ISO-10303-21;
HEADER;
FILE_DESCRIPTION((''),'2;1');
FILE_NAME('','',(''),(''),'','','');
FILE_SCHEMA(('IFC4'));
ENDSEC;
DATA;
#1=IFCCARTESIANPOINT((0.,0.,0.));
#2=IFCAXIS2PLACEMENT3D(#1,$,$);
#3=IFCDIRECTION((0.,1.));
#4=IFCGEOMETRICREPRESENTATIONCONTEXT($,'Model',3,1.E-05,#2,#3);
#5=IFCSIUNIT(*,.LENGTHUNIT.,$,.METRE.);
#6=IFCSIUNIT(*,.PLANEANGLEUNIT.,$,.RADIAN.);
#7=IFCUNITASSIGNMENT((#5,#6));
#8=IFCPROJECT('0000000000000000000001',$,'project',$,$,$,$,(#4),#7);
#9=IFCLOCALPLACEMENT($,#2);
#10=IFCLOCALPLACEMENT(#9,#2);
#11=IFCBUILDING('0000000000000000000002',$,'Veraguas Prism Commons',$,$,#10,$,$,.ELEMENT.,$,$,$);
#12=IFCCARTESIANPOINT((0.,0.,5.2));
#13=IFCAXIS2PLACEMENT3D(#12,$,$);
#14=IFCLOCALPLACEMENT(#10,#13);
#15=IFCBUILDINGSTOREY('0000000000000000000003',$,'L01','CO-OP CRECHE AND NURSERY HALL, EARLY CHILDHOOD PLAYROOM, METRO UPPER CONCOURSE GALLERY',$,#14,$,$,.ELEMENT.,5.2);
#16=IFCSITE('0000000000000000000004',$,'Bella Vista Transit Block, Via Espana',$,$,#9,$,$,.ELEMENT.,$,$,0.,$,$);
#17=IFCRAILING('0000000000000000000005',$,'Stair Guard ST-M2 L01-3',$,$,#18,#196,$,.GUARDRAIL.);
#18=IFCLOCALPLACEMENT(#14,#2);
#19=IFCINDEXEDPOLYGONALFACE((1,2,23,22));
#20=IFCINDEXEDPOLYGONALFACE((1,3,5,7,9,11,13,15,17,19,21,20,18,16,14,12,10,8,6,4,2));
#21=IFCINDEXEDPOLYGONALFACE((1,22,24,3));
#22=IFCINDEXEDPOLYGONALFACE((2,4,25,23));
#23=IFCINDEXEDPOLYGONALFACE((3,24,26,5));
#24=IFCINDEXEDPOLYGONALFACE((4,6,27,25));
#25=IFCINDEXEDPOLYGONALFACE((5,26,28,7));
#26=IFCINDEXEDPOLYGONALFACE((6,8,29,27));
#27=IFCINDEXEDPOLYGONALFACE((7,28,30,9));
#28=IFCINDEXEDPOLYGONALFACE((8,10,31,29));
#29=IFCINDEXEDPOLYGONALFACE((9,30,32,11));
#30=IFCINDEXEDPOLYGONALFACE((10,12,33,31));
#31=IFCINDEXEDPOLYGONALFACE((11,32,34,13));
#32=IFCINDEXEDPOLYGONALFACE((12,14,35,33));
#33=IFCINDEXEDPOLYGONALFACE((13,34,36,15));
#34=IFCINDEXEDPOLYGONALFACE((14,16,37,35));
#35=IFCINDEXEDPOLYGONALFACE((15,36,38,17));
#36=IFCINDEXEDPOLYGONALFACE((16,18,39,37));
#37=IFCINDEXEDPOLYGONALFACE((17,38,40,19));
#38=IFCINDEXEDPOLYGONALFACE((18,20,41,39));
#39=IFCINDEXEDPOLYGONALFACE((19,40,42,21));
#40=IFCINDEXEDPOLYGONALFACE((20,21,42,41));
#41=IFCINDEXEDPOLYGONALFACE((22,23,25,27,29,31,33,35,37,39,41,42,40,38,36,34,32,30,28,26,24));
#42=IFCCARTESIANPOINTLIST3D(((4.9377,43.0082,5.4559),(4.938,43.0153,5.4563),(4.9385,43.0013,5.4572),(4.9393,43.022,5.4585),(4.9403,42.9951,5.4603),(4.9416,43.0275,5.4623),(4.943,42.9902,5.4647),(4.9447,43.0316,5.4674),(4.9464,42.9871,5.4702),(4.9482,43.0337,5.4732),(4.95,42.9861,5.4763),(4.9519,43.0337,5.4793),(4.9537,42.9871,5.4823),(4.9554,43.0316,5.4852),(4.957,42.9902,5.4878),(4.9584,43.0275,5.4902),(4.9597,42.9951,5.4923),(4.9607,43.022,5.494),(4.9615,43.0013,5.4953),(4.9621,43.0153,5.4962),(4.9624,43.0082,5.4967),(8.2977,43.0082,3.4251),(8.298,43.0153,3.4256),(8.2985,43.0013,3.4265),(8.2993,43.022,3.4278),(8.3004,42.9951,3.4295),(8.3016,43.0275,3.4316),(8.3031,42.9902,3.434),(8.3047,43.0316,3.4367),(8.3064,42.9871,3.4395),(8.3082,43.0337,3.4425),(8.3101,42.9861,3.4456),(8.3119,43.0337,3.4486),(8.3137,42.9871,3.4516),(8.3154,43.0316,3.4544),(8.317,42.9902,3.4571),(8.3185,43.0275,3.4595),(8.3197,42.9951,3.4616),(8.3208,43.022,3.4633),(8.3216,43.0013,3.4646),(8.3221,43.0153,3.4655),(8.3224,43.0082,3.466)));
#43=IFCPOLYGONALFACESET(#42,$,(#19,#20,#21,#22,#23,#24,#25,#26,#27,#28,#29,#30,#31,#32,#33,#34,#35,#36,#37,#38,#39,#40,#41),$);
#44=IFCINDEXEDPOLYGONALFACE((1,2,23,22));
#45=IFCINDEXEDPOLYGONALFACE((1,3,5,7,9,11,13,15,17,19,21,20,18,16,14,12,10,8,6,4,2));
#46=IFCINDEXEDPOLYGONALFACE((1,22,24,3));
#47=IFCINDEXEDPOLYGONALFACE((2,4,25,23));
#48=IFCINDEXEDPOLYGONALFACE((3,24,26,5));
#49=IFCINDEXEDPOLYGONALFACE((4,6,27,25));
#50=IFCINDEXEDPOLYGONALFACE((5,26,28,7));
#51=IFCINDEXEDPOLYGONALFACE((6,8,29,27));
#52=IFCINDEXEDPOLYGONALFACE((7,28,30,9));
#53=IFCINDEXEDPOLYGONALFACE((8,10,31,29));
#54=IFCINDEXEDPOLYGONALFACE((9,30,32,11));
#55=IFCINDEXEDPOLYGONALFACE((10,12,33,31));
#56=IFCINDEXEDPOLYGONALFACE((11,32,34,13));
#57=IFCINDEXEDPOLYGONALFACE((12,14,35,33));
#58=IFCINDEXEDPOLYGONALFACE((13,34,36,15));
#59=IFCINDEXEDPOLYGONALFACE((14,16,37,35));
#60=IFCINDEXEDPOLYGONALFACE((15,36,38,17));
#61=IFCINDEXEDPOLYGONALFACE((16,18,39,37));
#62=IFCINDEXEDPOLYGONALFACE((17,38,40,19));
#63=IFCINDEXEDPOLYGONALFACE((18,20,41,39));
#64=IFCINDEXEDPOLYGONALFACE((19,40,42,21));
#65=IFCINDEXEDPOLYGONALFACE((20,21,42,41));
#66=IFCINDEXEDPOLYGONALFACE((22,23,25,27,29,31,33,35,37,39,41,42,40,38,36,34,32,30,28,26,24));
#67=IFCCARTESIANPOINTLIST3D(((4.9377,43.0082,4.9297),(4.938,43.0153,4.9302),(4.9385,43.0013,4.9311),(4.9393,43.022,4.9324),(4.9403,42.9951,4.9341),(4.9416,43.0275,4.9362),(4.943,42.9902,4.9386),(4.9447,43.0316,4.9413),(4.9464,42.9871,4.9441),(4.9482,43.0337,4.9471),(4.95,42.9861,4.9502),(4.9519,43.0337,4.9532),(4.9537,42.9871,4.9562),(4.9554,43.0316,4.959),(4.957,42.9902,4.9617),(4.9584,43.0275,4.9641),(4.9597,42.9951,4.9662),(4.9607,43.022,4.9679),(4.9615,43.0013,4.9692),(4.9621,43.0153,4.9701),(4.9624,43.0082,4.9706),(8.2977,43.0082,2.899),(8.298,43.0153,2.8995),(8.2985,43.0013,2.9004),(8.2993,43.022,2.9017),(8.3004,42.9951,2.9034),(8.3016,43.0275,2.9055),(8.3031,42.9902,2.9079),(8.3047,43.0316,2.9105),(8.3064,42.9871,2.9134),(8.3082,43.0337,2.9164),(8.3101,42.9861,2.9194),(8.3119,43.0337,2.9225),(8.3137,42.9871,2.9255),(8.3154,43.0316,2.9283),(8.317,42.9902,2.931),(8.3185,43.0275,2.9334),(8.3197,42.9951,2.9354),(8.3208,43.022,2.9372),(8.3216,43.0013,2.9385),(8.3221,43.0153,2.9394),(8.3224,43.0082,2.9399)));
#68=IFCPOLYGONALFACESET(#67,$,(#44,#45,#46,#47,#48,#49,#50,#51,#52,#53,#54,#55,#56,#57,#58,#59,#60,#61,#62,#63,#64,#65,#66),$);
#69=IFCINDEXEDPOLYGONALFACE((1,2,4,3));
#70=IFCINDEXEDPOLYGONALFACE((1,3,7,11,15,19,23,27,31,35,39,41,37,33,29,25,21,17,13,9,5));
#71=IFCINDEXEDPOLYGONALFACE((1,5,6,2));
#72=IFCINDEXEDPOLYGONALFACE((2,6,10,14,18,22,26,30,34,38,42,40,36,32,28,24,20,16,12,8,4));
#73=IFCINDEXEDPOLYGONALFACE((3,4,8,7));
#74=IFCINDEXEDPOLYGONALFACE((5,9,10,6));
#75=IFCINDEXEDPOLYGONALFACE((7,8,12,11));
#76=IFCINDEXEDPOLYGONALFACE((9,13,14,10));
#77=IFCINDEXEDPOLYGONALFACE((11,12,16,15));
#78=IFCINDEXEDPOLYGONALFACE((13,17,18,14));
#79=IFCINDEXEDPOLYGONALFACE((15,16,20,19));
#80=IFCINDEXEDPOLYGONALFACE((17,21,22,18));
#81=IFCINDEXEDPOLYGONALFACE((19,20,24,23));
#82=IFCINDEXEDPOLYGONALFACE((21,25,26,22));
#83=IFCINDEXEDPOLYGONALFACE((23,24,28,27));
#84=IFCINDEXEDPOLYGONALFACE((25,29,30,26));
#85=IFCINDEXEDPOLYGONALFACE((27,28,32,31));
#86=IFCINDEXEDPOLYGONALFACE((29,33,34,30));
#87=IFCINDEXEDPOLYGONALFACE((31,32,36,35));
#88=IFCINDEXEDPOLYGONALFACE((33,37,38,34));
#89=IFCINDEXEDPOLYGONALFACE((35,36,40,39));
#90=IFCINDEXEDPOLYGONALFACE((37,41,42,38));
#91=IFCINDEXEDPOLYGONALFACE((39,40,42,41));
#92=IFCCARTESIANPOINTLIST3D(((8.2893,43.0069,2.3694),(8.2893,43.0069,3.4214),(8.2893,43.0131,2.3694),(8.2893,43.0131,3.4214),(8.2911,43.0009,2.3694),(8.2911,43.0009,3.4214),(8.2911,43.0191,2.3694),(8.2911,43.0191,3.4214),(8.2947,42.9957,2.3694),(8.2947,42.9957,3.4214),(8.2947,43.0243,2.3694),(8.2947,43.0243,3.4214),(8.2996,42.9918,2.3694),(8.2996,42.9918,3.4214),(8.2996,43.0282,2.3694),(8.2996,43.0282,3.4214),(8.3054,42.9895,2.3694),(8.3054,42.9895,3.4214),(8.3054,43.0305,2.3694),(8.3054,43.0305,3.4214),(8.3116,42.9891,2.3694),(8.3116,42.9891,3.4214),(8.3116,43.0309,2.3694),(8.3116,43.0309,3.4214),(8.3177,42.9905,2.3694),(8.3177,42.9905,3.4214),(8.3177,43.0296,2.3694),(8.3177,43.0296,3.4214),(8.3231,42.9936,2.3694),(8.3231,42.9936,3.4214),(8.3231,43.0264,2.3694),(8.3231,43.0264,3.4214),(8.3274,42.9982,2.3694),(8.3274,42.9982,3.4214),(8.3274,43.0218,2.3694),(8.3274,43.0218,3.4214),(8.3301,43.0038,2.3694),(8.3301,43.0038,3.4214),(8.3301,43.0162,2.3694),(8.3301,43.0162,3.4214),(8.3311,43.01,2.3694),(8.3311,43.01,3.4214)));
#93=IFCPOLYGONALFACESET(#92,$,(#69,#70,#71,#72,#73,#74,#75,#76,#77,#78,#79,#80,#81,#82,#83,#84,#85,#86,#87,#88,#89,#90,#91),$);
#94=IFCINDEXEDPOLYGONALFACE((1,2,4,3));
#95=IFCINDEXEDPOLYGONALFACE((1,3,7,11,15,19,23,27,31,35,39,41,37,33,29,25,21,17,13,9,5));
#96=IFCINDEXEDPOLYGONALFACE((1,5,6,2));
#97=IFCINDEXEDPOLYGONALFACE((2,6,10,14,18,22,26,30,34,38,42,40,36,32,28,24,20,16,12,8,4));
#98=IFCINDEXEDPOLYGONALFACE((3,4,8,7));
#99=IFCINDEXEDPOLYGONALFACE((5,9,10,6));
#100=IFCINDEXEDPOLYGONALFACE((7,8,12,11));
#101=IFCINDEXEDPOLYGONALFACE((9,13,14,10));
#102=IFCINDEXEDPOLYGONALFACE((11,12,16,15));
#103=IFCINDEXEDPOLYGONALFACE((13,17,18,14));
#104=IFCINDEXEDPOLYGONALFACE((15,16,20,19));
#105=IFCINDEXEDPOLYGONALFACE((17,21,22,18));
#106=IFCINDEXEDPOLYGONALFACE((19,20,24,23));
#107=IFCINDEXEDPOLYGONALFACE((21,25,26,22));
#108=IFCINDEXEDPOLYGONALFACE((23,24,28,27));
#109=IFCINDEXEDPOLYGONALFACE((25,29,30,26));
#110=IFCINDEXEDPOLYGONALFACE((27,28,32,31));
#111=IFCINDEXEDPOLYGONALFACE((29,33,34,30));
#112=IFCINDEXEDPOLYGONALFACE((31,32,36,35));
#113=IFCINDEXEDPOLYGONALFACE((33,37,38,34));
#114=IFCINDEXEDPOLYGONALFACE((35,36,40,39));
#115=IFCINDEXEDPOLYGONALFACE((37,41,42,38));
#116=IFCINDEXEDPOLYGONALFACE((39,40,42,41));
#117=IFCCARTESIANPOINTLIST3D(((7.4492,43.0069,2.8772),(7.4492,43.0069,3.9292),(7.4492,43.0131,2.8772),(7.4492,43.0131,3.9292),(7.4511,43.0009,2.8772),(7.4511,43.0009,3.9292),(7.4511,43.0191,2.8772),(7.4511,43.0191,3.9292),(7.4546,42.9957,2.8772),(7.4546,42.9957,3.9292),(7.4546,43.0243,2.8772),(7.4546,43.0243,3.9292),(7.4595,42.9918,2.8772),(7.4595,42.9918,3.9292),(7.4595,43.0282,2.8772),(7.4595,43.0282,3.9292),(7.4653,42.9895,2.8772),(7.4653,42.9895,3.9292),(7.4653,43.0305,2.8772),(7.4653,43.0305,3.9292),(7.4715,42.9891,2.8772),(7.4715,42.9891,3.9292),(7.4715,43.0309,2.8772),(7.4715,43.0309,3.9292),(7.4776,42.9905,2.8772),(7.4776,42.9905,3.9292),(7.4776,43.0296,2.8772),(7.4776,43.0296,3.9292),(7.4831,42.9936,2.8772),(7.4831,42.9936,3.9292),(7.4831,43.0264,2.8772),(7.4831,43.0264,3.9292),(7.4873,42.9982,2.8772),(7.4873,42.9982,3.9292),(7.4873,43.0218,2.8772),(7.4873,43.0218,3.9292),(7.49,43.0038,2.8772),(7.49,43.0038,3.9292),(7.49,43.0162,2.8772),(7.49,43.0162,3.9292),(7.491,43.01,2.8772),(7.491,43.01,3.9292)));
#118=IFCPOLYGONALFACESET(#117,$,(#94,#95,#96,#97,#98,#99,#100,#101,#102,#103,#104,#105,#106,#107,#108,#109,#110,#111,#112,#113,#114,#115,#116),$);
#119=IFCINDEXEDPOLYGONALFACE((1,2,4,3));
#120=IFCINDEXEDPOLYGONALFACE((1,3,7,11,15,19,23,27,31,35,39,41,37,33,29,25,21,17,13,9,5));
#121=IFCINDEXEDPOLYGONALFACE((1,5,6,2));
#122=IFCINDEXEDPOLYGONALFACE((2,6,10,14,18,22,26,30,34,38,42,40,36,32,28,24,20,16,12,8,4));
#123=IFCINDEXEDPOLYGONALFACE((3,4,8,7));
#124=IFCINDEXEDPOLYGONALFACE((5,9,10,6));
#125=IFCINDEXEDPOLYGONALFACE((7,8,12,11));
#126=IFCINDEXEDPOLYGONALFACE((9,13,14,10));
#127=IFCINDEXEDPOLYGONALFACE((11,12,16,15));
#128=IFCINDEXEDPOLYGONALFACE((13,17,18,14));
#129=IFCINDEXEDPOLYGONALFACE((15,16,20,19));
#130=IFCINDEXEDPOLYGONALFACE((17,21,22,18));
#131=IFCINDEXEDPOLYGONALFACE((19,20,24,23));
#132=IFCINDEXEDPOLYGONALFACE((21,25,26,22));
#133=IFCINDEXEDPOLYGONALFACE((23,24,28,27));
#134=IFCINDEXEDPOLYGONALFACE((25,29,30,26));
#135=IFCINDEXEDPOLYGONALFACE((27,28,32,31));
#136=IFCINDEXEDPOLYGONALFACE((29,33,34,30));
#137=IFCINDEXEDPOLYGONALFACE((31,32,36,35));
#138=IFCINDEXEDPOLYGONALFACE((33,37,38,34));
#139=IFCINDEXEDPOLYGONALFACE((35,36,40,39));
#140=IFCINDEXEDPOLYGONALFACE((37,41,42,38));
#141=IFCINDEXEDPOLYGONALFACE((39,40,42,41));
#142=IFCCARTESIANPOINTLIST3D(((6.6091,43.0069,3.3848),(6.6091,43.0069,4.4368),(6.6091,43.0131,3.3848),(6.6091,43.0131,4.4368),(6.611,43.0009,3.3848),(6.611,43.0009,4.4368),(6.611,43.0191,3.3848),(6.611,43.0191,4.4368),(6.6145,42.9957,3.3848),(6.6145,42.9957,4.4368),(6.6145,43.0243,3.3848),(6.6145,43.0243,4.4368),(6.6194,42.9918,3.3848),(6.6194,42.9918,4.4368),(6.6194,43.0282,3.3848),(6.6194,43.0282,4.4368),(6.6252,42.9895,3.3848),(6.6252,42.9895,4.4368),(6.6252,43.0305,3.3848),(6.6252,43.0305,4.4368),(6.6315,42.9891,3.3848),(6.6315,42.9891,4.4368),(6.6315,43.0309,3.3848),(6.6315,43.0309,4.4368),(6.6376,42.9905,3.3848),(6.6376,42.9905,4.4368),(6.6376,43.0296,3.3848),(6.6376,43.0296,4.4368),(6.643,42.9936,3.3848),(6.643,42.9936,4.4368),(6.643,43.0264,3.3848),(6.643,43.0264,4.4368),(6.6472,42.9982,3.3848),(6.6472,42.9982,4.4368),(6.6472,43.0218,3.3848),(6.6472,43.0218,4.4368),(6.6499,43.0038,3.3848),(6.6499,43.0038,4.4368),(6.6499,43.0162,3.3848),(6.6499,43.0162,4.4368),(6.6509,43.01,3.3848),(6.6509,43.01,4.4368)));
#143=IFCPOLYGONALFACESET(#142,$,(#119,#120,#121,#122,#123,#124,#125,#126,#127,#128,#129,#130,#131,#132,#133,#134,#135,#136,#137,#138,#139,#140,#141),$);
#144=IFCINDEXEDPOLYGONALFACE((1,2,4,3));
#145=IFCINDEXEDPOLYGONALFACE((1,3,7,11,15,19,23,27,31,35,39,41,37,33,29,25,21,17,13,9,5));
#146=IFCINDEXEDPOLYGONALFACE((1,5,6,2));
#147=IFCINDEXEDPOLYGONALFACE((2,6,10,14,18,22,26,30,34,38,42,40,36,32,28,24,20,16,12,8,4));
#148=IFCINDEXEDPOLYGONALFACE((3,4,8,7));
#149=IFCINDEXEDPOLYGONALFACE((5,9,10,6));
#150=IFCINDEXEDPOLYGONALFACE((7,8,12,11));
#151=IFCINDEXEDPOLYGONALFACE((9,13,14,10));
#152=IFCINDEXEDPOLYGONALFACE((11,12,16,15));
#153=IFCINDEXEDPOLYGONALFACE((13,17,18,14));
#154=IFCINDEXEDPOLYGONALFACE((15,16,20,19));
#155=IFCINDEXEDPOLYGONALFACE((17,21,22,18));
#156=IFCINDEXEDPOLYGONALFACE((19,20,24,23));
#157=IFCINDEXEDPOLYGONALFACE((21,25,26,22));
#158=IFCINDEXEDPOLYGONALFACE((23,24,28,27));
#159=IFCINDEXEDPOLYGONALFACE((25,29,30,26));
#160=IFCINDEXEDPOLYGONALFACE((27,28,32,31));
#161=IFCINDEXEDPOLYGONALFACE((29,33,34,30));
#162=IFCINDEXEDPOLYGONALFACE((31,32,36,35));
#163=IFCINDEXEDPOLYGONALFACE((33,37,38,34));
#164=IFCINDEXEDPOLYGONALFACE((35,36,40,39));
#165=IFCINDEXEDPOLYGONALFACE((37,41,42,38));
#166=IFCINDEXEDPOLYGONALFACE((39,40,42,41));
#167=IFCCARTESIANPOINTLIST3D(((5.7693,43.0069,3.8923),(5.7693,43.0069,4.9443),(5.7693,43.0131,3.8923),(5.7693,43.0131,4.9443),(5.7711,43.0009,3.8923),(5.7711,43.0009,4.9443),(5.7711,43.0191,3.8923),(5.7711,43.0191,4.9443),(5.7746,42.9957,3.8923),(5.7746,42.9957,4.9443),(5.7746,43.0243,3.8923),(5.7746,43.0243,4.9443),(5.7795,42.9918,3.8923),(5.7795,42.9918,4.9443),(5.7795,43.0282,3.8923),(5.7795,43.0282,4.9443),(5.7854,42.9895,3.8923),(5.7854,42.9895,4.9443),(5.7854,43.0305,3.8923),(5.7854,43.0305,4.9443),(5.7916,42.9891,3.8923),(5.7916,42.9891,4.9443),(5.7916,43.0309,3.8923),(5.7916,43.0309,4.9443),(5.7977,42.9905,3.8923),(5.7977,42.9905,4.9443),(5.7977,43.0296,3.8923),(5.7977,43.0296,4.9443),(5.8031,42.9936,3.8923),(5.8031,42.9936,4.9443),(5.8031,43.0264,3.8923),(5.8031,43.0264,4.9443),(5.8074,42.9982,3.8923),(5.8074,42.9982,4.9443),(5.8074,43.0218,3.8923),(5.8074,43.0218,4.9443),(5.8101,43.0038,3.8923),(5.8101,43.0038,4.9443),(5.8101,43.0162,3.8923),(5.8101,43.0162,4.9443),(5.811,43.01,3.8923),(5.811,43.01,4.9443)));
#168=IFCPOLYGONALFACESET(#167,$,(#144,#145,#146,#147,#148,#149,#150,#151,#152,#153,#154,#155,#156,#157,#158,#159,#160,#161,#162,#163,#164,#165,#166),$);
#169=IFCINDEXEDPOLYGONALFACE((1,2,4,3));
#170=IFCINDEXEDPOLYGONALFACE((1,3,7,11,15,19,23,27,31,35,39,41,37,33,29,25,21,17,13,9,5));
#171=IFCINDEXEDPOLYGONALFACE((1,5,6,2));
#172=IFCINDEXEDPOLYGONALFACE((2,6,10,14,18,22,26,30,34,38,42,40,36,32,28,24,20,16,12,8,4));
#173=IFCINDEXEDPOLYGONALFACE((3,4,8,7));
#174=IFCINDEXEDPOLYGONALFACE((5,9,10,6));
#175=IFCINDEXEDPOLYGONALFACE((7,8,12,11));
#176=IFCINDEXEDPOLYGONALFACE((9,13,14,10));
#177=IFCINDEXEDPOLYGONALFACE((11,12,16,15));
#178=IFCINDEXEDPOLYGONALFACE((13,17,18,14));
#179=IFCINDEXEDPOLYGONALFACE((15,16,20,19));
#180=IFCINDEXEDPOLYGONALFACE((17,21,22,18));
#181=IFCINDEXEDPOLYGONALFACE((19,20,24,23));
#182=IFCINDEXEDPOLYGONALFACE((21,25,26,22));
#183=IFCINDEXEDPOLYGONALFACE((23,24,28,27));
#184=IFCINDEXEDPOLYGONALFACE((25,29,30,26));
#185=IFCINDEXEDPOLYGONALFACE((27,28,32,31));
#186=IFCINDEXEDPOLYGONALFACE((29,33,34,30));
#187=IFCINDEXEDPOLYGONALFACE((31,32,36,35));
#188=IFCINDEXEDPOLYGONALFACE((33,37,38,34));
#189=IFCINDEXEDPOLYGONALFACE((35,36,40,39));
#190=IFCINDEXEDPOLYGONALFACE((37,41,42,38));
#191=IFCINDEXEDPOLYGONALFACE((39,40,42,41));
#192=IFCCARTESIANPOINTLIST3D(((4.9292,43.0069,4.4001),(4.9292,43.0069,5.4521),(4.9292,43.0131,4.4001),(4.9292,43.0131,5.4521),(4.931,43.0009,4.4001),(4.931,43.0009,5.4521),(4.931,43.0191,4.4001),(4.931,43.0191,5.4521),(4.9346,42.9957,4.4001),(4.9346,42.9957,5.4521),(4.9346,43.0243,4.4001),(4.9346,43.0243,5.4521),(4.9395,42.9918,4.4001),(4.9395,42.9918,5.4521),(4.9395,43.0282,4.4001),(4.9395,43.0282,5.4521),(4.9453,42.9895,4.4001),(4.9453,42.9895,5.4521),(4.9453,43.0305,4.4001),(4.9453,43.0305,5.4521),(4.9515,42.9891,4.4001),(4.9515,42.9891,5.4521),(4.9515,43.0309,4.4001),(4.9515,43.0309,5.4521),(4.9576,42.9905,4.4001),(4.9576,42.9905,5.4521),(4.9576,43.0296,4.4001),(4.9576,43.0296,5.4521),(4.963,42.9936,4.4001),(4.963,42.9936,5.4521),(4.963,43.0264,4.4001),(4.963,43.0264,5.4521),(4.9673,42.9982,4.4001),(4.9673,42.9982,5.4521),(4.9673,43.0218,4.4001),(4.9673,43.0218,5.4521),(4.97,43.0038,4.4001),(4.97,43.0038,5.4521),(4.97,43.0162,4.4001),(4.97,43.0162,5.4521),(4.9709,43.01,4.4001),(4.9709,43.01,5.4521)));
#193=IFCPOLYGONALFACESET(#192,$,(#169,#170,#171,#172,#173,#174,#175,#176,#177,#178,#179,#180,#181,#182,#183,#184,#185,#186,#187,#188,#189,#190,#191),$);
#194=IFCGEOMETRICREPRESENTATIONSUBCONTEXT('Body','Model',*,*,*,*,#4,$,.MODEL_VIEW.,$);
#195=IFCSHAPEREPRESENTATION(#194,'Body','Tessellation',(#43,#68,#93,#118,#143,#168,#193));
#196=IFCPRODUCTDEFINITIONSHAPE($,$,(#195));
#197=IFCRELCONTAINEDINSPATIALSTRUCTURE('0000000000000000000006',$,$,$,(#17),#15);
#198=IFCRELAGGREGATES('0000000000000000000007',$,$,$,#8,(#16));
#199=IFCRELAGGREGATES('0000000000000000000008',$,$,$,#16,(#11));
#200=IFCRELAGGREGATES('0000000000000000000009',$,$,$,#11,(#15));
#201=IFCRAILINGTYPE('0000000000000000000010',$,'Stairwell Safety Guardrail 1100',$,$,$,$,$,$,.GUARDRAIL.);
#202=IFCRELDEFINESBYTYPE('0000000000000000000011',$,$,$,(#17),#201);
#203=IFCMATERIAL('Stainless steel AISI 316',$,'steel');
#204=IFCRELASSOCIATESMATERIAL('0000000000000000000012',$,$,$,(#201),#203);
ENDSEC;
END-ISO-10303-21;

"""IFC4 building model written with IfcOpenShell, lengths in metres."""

from ifc_helpers import new_model, si_unit, direction, frame, origin, origin_2d, place, context, subcontext, project, spatial, circle, extrude, material, type_object, element, save


model = new_model("IFC4")

# Units and contexts
model_context = context("Model", 3, precision=1e-05, world=origin(), true_north=direction((0.0, 1.0)))
body_context = subcontext(model_context, "Body", "Model", "MODEL_VIEW")
ifc_project = project(units=[si_unit("LENGTHUNIT", "METRE"), si_unit("PLANEANGLEUNIT", "RADIAN")], contexts=[model_context])

# Site, building, storey
site_placement = place(None, origin())
site = spatial("IfcSite", under=ifc_project, at=site_placement, Name="Bella Vista Transit Block, Via Espana", CompositionType="ELEMENT", RefElevation=0.0)
building_placement = place(site_placement, origin())
building = spatial("IfcBuilding", under=site, at=building_placement, Name="Veraguas Prism Commons", CompositionType="ELEMENT")
storey_placement = place(building_placement, frame((0.0, 0.0, 5.2)))
storey = spatial("IfcBuildingStorey", under=building, at=storey_placement, Name="L01", Description="CO-OP CRECHE AND NURSERY HALL, EARLY CHILDHOOD PLAYROOM, METRO UPPER CONCOURSE GALLERY", CompositionType="ELEMENT", Elevation=5.2)

# Railing
ifc_material_1 = material(Name="Stainless steel AISI 316", Category="steel")
railing_type_1 = type_object("IfcRailingType", Name="Stairwell Safety Guardrail 1100", PredefinedType="GUARDRAIL", material=ifc_material_1)
railing_1_placement = place(storey_placement, frame((8.3101, 43.01, 2.3694)))
element("IfcRailing", 1, at=railing_1_placement, inside=storey, type_object=railing_type_1, Name="Stair Guard ST-M2 L01-3", PredefinedType="GUARDRAIL", context=body_context, shape_type="SweptSolid", body=[
    extrude(circle(Radius=0.0239, at=origin_2d()), frame((0.0, 0.0, 1.0762), z_axis=(-0.855837, 0.0, 0.517246), x_axis=(0.0, -1.0, 0.0)), (0.0, 0.0, 1.0), 3.926),
    extrude(circle(Radius=0.0239, at=origin_2d()), frame((0.0, 0.0, 0.55), z_axis=(-0.855837, 0.0, 0.517246), x_axis=(0.0, -1.0, 0.0)), (0.0, 0.0, 1.0), 3.926),
    extrude(circle(Radius=0.021, at=origin_2d()), origin(), (0.0, 0.0, 1.0), 1.052),
    extrude(circle(Radius=0.021, at=origin_2d()), frame((-0.8401, 0.0, 0.5078)), (0.0, 0.0, 1.0), 1.052),
    extrude(circle(Radius=0.021, at=origin_2d()), frame((-1.6802, 0.0, 1.0154)), (0.0, 0.0, 1.0), 1.052),
    extrude(circle(Radius=0.021, at=origin_2d()), frame((-2.52, 0.0, 1.5229)), (0.0, 0.0, 1.0), 1.052),
    extrude(circle(Radius=0.021, at=origin_2d()), frame((-3.3601, 0.0, 2.0308)), (0.0, 0.0, 1.0), 1.052),
])

save(model, "model.ifc")
